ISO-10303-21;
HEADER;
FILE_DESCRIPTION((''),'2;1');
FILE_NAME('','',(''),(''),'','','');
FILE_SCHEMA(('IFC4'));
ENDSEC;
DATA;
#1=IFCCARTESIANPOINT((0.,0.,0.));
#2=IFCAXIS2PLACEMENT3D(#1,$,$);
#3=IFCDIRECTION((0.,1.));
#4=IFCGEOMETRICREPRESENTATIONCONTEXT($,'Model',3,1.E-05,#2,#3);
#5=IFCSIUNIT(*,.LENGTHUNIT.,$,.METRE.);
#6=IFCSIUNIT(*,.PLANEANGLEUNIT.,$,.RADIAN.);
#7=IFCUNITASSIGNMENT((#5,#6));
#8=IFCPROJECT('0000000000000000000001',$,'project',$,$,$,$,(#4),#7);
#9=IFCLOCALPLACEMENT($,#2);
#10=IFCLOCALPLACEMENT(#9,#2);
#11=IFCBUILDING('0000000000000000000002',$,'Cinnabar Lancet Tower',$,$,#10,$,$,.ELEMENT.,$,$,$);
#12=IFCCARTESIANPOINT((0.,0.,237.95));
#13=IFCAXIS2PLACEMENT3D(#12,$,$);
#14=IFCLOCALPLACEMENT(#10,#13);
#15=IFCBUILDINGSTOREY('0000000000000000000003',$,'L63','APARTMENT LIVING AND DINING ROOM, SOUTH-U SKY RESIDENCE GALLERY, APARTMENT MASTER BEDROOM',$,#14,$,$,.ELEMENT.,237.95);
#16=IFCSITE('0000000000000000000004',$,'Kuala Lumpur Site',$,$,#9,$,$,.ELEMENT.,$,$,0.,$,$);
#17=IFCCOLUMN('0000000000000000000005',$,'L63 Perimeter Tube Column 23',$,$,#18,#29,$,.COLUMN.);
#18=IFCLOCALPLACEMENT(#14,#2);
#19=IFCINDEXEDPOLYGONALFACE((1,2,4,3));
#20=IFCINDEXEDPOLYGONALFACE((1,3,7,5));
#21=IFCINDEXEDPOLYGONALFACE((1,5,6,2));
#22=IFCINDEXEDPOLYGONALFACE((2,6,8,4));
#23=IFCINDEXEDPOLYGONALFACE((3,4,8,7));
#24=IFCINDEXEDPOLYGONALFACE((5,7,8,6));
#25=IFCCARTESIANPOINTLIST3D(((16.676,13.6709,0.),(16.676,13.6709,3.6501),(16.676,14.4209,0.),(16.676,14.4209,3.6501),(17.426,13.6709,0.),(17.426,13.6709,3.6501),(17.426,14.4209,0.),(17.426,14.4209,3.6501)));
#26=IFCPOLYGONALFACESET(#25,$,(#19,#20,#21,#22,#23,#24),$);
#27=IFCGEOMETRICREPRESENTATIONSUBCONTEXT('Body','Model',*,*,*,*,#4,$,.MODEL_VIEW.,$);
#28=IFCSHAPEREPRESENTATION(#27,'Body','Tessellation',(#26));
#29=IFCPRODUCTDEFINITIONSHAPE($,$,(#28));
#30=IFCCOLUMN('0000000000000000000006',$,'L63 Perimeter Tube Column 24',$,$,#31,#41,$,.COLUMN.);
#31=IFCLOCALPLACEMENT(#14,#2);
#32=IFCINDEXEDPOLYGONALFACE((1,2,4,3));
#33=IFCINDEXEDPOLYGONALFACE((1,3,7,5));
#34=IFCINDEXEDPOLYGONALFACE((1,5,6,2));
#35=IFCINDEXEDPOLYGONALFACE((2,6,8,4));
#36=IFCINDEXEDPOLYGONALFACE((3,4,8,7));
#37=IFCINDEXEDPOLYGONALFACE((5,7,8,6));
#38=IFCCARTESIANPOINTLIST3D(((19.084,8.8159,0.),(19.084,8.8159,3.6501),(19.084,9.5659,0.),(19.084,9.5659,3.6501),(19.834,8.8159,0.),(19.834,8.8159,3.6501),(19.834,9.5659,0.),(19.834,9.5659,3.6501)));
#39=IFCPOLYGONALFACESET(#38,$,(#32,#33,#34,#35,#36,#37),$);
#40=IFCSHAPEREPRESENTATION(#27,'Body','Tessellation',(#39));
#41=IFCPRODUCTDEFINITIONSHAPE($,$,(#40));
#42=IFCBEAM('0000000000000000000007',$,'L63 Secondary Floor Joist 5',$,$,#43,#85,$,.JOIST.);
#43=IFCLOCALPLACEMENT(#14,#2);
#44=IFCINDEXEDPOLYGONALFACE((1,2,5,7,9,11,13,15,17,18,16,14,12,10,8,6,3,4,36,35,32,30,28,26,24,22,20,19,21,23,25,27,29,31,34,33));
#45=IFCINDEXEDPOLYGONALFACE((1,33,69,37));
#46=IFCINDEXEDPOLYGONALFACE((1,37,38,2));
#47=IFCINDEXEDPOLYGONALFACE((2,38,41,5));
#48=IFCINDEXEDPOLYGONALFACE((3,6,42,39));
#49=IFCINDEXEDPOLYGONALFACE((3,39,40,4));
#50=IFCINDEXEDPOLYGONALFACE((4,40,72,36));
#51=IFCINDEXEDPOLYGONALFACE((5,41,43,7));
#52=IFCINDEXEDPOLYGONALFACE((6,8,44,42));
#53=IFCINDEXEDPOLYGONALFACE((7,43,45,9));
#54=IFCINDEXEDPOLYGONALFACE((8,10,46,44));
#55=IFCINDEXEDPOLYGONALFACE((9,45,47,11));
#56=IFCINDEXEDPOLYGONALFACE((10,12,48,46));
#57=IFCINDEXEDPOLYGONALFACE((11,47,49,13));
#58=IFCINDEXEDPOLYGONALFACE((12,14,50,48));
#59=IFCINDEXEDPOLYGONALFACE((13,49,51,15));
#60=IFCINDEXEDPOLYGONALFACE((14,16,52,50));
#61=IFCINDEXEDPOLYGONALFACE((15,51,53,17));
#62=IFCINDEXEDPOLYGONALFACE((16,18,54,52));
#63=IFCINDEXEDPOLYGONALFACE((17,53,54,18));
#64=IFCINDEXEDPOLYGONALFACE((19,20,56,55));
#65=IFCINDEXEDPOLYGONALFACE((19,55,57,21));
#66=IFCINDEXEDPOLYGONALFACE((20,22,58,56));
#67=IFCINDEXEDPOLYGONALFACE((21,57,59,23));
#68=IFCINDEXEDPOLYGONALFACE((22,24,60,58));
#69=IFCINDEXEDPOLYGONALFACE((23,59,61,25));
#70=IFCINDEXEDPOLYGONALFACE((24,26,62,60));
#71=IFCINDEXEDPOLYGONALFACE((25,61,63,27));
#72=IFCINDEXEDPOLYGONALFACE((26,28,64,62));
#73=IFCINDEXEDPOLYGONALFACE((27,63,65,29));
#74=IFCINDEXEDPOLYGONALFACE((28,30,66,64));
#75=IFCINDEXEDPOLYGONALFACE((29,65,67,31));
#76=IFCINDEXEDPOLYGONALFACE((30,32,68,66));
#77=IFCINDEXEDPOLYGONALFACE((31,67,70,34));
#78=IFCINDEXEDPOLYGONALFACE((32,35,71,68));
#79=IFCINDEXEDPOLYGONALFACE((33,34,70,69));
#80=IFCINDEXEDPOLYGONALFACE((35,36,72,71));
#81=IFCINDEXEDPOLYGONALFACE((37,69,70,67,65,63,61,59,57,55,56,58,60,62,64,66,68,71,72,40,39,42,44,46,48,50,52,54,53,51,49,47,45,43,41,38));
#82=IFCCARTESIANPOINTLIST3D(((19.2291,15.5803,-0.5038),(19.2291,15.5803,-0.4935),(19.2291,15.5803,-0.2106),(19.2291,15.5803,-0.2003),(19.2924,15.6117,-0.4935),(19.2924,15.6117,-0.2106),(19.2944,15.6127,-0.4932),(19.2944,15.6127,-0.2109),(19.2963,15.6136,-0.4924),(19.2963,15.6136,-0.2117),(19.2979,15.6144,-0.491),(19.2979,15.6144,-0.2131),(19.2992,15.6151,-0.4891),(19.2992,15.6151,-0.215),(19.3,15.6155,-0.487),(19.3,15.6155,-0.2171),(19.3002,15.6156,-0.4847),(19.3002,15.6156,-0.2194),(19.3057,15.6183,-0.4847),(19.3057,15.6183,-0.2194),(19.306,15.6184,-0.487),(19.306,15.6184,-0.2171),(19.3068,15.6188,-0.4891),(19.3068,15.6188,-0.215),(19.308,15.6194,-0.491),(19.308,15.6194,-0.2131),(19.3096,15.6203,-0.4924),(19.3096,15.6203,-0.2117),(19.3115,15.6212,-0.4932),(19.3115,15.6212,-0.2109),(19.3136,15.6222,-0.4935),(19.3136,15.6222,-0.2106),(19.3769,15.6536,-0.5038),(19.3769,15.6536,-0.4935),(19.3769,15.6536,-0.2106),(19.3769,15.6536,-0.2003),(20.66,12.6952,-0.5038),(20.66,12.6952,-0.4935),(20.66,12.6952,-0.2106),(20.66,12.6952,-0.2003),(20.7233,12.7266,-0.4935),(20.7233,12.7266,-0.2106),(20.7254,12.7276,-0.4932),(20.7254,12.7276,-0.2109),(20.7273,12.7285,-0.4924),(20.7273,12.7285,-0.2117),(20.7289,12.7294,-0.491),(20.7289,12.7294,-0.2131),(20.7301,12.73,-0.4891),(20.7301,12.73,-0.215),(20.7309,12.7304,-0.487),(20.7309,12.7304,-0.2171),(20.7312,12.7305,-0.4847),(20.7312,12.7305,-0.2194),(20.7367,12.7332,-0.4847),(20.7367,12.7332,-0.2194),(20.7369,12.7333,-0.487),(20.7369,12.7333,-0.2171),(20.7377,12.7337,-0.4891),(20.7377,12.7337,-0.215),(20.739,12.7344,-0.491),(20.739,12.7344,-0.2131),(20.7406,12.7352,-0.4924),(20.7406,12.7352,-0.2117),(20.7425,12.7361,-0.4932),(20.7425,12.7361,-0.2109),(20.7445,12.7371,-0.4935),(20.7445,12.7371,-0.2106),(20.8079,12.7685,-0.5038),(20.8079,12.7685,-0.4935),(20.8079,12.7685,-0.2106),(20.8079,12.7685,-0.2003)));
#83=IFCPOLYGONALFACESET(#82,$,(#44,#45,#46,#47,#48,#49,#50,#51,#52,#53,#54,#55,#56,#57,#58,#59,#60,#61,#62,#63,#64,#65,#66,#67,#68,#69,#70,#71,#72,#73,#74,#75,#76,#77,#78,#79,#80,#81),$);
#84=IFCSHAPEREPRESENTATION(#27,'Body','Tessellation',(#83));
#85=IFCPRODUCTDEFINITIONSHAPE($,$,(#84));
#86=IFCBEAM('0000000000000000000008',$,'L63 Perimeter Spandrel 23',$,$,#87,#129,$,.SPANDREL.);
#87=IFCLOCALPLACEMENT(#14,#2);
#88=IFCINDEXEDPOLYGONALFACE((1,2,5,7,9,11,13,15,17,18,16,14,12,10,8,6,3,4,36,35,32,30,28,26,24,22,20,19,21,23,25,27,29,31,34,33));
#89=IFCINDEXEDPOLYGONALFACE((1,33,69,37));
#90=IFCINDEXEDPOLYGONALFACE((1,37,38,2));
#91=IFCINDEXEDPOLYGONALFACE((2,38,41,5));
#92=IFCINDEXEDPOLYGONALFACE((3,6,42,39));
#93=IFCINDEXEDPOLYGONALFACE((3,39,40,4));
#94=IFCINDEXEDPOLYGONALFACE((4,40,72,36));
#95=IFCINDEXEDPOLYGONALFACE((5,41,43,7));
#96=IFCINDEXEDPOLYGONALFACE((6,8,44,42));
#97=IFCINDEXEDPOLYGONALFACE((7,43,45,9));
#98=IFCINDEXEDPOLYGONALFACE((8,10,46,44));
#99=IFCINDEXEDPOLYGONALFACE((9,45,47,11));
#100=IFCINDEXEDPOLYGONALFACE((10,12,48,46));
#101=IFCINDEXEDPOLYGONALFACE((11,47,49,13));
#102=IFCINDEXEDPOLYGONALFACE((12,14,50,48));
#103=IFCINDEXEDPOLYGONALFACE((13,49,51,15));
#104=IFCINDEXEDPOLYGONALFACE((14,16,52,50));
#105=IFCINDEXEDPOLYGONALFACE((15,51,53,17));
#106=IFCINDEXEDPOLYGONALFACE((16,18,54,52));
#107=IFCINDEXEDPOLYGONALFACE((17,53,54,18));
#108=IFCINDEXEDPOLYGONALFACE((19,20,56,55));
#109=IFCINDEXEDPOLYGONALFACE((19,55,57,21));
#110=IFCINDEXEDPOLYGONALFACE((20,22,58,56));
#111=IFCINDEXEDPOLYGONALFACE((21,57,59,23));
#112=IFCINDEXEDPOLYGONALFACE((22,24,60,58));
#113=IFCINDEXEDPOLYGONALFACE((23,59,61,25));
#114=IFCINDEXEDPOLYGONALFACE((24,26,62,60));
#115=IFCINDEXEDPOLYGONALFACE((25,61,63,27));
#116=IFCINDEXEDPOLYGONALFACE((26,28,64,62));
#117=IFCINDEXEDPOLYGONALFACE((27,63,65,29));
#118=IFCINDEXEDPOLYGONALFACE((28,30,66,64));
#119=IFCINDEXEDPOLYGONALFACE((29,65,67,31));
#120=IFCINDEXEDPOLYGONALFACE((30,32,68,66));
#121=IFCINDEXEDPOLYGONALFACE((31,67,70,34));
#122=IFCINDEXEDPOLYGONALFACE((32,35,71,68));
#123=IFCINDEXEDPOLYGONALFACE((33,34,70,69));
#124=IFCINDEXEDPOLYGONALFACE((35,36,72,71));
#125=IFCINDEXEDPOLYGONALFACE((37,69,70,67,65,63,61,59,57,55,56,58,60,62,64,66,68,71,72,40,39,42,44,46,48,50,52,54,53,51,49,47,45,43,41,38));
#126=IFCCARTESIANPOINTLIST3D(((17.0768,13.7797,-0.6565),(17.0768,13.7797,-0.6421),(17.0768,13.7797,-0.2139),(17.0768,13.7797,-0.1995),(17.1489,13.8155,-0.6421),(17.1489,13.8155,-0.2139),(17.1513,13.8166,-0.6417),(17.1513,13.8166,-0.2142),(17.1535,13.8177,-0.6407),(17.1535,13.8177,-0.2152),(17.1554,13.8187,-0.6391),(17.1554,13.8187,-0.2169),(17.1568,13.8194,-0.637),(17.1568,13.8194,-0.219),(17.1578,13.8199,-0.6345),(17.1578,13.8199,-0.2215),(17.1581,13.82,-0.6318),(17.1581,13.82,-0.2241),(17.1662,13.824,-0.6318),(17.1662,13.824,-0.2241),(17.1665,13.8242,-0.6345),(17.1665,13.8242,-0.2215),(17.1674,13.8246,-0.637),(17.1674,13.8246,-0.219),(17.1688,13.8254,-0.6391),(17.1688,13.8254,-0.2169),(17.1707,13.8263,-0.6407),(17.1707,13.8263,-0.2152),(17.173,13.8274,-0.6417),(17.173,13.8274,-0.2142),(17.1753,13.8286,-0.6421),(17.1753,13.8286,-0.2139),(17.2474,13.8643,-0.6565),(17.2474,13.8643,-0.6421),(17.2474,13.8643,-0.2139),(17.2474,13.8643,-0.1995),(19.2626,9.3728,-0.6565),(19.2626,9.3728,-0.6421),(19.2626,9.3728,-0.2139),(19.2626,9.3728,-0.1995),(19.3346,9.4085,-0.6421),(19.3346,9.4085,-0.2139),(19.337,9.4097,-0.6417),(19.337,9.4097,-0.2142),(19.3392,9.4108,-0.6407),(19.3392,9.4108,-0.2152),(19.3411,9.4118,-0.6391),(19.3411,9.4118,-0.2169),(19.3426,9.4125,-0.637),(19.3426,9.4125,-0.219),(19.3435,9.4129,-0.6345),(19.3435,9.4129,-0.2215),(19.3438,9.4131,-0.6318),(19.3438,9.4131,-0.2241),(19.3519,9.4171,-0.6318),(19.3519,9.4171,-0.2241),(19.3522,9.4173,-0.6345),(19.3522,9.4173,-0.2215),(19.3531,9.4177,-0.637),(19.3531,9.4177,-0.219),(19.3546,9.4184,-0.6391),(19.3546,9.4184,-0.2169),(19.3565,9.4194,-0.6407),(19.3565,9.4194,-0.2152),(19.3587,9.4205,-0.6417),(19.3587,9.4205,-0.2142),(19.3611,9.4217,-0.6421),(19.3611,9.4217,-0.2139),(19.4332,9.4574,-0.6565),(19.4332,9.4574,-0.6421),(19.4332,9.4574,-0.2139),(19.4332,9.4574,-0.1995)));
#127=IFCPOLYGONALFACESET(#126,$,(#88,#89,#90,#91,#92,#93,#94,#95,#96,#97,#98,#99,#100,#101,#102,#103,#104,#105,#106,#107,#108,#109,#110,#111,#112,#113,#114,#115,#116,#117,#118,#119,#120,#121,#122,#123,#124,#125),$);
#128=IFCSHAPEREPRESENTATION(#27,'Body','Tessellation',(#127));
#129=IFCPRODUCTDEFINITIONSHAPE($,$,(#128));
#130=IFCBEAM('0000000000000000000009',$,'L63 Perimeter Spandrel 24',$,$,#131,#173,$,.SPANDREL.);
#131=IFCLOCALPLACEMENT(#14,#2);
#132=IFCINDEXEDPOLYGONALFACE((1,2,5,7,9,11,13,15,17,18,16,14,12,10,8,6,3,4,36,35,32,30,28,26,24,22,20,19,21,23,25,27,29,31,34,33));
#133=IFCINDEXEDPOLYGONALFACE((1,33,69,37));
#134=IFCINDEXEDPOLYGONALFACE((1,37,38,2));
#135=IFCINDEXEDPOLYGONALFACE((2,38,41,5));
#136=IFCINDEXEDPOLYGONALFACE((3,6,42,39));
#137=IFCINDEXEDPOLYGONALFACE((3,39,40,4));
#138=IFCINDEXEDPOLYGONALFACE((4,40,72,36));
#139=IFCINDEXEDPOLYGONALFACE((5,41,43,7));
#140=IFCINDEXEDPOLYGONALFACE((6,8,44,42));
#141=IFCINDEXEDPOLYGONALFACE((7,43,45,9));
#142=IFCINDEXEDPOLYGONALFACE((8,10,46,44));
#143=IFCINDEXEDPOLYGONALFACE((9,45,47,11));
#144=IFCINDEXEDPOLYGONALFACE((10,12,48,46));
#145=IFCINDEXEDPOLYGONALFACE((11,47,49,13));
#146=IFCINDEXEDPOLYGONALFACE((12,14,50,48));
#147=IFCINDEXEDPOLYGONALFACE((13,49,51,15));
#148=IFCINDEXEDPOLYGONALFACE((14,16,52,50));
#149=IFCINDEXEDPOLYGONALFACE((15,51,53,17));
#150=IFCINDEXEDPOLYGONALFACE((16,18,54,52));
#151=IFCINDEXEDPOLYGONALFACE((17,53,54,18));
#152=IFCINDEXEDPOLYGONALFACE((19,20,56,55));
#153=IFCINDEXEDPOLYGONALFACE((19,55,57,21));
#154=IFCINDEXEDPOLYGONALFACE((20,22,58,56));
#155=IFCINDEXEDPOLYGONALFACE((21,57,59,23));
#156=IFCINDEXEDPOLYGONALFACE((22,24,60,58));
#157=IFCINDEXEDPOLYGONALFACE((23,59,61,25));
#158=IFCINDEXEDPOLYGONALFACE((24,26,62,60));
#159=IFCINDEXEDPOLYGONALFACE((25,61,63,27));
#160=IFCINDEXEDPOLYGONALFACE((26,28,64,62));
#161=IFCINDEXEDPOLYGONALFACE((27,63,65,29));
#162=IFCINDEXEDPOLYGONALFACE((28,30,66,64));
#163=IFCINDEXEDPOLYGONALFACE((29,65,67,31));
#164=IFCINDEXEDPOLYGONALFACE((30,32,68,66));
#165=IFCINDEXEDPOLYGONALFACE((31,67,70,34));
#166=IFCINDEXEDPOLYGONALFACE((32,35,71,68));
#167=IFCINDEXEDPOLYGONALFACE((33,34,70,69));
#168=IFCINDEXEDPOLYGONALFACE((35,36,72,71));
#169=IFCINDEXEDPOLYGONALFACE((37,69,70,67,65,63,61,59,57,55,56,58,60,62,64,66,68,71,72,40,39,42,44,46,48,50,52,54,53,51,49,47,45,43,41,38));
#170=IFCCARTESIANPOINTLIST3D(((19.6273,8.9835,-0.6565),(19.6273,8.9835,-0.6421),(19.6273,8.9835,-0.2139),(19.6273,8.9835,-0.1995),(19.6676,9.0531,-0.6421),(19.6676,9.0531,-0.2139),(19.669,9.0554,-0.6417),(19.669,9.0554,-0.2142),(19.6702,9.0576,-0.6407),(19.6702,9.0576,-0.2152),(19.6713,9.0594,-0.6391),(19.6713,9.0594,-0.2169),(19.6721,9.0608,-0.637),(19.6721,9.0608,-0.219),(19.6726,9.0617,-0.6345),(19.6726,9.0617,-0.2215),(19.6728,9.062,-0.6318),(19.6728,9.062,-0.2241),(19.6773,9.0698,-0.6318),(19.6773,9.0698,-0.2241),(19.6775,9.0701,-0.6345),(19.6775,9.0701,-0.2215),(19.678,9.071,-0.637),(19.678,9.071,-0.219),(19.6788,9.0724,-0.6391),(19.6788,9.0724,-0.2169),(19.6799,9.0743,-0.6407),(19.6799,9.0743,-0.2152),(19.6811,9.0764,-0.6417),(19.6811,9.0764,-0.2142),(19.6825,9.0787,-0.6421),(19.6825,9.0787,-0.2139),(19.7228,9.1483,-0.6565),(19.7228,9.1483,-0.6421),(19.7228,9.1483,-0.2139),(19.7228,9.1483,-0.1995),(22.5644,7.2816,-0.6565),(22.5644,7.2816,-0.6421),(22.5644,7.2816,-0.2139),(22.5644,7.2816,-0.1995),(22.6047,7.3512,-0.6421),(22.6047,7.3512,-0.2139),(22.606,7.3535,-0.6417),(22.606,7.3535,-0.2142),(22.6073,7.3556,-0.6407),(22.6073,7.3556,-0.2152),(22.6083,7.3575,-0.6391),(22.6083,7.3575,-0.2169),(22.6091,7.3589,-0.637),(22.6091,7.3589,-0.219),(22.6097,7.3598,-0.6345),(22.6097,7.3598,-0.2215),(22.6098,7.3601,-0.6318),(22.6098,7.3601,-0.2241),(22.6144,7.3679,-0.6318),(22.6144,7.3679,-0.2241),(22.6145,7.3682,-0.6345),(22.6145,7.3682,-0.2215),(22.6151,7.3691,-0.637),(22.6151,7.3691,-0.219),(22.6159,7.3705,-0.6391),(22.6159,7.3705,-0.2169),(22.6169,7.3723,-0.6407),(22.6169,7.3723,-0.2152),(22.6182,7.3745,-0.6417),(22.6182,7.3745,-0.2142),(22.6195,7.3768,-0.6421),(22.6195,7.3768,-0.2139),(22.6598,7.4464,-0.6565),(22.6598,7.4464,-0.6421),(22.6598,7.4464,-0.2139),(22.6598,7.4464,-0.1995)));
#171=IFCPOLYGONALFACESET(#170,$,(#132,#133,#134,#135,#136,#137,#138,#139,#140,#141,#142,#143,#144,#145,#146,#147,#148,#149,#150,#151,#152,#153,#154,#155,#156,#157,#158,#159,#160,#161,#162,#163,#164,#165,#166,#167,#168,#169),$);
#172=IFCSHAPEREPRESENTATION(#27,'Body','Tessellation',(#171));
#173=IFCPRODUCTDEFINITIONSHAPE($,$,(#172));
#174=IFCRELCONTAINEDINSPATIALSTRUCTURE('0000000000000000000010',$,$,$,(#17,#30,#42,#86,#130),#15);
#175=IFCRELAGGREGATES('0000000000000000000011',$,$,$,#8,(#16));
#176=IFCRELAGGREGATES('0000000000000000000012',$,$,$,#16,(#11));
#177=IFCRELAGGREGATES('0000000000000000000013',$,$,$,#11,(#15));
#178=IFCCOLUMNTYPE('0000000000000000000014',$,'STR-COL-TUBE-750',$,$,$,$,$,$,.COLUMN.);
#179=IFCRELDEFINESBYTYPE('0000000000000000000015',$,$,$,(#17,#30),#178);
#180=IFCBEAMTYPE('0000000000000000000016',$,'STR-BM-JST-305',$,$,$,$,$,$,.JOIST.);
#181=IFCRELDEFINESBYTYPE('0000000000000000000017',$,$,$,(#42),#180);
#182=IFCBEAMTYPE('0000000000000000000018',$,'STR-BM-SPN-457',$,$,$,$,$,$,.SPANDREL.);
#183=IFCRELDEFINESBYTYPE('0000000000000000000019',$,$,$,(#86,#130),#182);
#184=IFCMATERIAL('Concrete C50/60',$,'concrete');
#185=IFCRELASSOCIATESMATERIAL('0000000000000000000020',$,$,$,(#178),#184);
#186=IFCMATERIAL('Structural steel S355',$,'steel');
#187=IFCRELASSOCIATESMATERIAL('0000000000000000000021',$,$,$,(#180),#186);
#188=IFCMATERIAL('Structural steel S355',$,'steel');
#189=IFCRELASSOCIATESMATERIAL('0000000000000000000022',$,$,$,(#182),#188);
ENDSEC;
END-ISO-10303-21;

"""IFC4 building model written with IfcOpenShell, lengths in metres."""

from ifc_helpers import new_model, si_unit, direction, frame, origin, origin_2d, place, context, subcontext, project, spatial, rectangle, i_section, extrude, material, material_profile, profile_set, type_object, element, save


model = new_model("IFC4")

# Units and contexts
model_context = context("Model", 3, precision=1e-05, world=origin(), true_north=direction((0.0, 1.0)))
body_context = subcontext(model_context, "Body", "Model", "MODEL_VIEW")
ifc_project = project(units=[si_unit("LENGTHUNIT", "METRE"), si_unit("PLANEANGLEUNIT", "RADIAN")], contexts=[model_context])

# Site, building, storey
site_placement = place(None, origin())
site = spatial("IfcSite", under=ifc_project, at=site_placement, Name="Kuala Lumpur Site", CompositionType="ELEMENT", RefElevation=0.0)
building_placement = place(site_placement, origin())
building = spatial("IfcBuilding", under=site, at=building_placement, Name="Cinnabar Lancet Tower", CompositionType="ELEMENT")
storey_placement = place(building_placement, frame((0.0, 0.0, 237.95)))
storey = spatial("IfcBuildingStorey", under=building, at=storey_placement, Name="L63", Description="APARTMENT LIVING AND DINING ROOM, SOUTH-U SKY RESIDENCE GALLERY, APARTMENT MASTER BEDROOM", CompositionType="ELEMENT", Elevation=237.95)

# Columns
ifc_material_1 = material(Name="Concrete C50/60", Category="concrete")
ifc_material_profile_1 = material_profile(ifc_material_1, rectangle(XDim=0.75, YDim=0.75, at=origin_2d()), Name="RC-COL 750x750")
ifc_profile_set_1 = profile_set([ifc_material_profile_1], Name="Concrete C50/60")
column_type = type_object("IfcColumnType", Name="STR-COL-TUBE-750", PredefinedType="COLUMN", material=ifc_profile_set_1)
for number, where, z_axis, x_axis, name in (
    (1, (17.051, 14.0459, 0.0), (0.0, 0.0, 1.0), (1.0, 0.0, 0.0), "L63 Perimeter Tube Column 23"),
    (2, (19.459, 9.1909, 0.0), (0.0, 0.0, 1.0), (1.0, 0.0, 0.0), "L63 Perimeter Tube Column 24"),
):
    element("IfcColumn", number, at=place(storey_placement, frame(where, z_axis=z_axis, x_axis=x_axis)), inside=storey, type_object=column_type, Name=name, PredefinedType="COLUMN", context=body_context, shape_type="SweptSolid", body=[
        extrude(rectangle(XDim=0.75, YDim=0.75, at=origin_2d()), origin(), (0.0, 0.0, 1.0), 3.6501),
    ])

# Beams
ifc_material_2 = material(Name="Structural steel S355", Category="steel")
ifc_material_profile_2 = material_profile(ifc_material_2, i_section(OverallWidth=0.165, OverallDepth=0.3035, WebThickness=0.0061, FlangeThickness=0.0103, FilletRadius=0.0088, at=origin_2d()), Name="UKB 305x165x40")
ifc_profile_set_2 = profile_set([ifc_material_profile_2], Name="Structural steel S355")
beam_type_1 = type_object("IfcBeamType", Name="STR-BM-JST-305", PredefinedType="JOIST", material=ifc_profile_set_2)
beam_1_placement = place(storey_placement, frame((19.303, 15.6169, -0.3521), z_axis=(0.44433, -0.895863, 0.0), x_axis=(0.895863, 0.44433, 0.0)))
element("IfcBeam", 3, at=beam_1_placement, inside=storey, type_object=beam_type_1, Name="L63 Secondary Floor Joist 5", PredefinedType="JOIST", context=body_context, shape_type="SweptSolid", body=[
    extrude(i_section(OverallWidth=0.165, OverallDepth=0.3035, WebThickness=0.0061, FlangeThickness=0.0103, FilletRadius=0.0088, at=origin_2d()), origin(), (0.0, 0.0, 1.0), 3.2205),
])
ifc_material_3 = material(Name="Structural steel S355", Category="steel")
ifc_material_profile_3 = material_profile(ifc_material_3, i_section(OverallWidth=0.1904, OverallDepth=0.457, WebThickness=0.009, FlangeThickness=0.0144, FilletRadius=0.0103, at=origin_2d()), Name="UKB 457x191x74")
ifc_profile_set_3 = profile_set([ifc_material_profile_3], Name="Structural steel S355")
beam_type_2 = type_object("IfcBeamType", Name="STR-BM-SPN-457", PredefinedType="SPANDREL", material=ifc_profile_set_3)
beam_2_placement = place(storey_placement, frame((17.1621, 13.822, -0.428), z_axis=(0.444333, -0.895862, 0.0), x_axis=(0.895862, 0.444333, 0.0)))
element("IfcBeam", 4, at=beam_2_placement, inside=storey, type_object=beam_type_2, Name="L63 Perimeter Spandrel 23", PredefinedType="SPANDREL", context=body_context, shape_type="SweptSolid", body=[
    extrude(i_section(OverallWidth=0.1904, OverallDepth=0.457, WebThickness=0.009, FlangeThickness=0.0144, FilletRadius=0.0103, at=origin_2d()), origin(), (0.0, 0.0, 1.0), 4.9192),
])
beam_3_placement = place(storey_placement, frame((19.675, 9.0659, -0.428), z_axis=(0.865231, -0.501374, 0.0), x_axis=(0.501374, 0.865231, 0.0)))
element("IfcBeam", 5, at=beam_3_placement, inside=storey, type_object=beam_type_2, Name="L63 Perimeter Spandrel 24", PredefinedType="SPANDREL", context=body_context, shape_type="SweptSolid", body=[
    extrude(i_section(OverallWidth=0.1904, OverallDepth=0.457, WebThickness=0.009, FlangeThickness=0.0144, FilletRadius=0.0103, at=origin_2d()), origin(), (0.0, 0.0, 1.0), 3.3945),
])

save(model, "model.ifc")
